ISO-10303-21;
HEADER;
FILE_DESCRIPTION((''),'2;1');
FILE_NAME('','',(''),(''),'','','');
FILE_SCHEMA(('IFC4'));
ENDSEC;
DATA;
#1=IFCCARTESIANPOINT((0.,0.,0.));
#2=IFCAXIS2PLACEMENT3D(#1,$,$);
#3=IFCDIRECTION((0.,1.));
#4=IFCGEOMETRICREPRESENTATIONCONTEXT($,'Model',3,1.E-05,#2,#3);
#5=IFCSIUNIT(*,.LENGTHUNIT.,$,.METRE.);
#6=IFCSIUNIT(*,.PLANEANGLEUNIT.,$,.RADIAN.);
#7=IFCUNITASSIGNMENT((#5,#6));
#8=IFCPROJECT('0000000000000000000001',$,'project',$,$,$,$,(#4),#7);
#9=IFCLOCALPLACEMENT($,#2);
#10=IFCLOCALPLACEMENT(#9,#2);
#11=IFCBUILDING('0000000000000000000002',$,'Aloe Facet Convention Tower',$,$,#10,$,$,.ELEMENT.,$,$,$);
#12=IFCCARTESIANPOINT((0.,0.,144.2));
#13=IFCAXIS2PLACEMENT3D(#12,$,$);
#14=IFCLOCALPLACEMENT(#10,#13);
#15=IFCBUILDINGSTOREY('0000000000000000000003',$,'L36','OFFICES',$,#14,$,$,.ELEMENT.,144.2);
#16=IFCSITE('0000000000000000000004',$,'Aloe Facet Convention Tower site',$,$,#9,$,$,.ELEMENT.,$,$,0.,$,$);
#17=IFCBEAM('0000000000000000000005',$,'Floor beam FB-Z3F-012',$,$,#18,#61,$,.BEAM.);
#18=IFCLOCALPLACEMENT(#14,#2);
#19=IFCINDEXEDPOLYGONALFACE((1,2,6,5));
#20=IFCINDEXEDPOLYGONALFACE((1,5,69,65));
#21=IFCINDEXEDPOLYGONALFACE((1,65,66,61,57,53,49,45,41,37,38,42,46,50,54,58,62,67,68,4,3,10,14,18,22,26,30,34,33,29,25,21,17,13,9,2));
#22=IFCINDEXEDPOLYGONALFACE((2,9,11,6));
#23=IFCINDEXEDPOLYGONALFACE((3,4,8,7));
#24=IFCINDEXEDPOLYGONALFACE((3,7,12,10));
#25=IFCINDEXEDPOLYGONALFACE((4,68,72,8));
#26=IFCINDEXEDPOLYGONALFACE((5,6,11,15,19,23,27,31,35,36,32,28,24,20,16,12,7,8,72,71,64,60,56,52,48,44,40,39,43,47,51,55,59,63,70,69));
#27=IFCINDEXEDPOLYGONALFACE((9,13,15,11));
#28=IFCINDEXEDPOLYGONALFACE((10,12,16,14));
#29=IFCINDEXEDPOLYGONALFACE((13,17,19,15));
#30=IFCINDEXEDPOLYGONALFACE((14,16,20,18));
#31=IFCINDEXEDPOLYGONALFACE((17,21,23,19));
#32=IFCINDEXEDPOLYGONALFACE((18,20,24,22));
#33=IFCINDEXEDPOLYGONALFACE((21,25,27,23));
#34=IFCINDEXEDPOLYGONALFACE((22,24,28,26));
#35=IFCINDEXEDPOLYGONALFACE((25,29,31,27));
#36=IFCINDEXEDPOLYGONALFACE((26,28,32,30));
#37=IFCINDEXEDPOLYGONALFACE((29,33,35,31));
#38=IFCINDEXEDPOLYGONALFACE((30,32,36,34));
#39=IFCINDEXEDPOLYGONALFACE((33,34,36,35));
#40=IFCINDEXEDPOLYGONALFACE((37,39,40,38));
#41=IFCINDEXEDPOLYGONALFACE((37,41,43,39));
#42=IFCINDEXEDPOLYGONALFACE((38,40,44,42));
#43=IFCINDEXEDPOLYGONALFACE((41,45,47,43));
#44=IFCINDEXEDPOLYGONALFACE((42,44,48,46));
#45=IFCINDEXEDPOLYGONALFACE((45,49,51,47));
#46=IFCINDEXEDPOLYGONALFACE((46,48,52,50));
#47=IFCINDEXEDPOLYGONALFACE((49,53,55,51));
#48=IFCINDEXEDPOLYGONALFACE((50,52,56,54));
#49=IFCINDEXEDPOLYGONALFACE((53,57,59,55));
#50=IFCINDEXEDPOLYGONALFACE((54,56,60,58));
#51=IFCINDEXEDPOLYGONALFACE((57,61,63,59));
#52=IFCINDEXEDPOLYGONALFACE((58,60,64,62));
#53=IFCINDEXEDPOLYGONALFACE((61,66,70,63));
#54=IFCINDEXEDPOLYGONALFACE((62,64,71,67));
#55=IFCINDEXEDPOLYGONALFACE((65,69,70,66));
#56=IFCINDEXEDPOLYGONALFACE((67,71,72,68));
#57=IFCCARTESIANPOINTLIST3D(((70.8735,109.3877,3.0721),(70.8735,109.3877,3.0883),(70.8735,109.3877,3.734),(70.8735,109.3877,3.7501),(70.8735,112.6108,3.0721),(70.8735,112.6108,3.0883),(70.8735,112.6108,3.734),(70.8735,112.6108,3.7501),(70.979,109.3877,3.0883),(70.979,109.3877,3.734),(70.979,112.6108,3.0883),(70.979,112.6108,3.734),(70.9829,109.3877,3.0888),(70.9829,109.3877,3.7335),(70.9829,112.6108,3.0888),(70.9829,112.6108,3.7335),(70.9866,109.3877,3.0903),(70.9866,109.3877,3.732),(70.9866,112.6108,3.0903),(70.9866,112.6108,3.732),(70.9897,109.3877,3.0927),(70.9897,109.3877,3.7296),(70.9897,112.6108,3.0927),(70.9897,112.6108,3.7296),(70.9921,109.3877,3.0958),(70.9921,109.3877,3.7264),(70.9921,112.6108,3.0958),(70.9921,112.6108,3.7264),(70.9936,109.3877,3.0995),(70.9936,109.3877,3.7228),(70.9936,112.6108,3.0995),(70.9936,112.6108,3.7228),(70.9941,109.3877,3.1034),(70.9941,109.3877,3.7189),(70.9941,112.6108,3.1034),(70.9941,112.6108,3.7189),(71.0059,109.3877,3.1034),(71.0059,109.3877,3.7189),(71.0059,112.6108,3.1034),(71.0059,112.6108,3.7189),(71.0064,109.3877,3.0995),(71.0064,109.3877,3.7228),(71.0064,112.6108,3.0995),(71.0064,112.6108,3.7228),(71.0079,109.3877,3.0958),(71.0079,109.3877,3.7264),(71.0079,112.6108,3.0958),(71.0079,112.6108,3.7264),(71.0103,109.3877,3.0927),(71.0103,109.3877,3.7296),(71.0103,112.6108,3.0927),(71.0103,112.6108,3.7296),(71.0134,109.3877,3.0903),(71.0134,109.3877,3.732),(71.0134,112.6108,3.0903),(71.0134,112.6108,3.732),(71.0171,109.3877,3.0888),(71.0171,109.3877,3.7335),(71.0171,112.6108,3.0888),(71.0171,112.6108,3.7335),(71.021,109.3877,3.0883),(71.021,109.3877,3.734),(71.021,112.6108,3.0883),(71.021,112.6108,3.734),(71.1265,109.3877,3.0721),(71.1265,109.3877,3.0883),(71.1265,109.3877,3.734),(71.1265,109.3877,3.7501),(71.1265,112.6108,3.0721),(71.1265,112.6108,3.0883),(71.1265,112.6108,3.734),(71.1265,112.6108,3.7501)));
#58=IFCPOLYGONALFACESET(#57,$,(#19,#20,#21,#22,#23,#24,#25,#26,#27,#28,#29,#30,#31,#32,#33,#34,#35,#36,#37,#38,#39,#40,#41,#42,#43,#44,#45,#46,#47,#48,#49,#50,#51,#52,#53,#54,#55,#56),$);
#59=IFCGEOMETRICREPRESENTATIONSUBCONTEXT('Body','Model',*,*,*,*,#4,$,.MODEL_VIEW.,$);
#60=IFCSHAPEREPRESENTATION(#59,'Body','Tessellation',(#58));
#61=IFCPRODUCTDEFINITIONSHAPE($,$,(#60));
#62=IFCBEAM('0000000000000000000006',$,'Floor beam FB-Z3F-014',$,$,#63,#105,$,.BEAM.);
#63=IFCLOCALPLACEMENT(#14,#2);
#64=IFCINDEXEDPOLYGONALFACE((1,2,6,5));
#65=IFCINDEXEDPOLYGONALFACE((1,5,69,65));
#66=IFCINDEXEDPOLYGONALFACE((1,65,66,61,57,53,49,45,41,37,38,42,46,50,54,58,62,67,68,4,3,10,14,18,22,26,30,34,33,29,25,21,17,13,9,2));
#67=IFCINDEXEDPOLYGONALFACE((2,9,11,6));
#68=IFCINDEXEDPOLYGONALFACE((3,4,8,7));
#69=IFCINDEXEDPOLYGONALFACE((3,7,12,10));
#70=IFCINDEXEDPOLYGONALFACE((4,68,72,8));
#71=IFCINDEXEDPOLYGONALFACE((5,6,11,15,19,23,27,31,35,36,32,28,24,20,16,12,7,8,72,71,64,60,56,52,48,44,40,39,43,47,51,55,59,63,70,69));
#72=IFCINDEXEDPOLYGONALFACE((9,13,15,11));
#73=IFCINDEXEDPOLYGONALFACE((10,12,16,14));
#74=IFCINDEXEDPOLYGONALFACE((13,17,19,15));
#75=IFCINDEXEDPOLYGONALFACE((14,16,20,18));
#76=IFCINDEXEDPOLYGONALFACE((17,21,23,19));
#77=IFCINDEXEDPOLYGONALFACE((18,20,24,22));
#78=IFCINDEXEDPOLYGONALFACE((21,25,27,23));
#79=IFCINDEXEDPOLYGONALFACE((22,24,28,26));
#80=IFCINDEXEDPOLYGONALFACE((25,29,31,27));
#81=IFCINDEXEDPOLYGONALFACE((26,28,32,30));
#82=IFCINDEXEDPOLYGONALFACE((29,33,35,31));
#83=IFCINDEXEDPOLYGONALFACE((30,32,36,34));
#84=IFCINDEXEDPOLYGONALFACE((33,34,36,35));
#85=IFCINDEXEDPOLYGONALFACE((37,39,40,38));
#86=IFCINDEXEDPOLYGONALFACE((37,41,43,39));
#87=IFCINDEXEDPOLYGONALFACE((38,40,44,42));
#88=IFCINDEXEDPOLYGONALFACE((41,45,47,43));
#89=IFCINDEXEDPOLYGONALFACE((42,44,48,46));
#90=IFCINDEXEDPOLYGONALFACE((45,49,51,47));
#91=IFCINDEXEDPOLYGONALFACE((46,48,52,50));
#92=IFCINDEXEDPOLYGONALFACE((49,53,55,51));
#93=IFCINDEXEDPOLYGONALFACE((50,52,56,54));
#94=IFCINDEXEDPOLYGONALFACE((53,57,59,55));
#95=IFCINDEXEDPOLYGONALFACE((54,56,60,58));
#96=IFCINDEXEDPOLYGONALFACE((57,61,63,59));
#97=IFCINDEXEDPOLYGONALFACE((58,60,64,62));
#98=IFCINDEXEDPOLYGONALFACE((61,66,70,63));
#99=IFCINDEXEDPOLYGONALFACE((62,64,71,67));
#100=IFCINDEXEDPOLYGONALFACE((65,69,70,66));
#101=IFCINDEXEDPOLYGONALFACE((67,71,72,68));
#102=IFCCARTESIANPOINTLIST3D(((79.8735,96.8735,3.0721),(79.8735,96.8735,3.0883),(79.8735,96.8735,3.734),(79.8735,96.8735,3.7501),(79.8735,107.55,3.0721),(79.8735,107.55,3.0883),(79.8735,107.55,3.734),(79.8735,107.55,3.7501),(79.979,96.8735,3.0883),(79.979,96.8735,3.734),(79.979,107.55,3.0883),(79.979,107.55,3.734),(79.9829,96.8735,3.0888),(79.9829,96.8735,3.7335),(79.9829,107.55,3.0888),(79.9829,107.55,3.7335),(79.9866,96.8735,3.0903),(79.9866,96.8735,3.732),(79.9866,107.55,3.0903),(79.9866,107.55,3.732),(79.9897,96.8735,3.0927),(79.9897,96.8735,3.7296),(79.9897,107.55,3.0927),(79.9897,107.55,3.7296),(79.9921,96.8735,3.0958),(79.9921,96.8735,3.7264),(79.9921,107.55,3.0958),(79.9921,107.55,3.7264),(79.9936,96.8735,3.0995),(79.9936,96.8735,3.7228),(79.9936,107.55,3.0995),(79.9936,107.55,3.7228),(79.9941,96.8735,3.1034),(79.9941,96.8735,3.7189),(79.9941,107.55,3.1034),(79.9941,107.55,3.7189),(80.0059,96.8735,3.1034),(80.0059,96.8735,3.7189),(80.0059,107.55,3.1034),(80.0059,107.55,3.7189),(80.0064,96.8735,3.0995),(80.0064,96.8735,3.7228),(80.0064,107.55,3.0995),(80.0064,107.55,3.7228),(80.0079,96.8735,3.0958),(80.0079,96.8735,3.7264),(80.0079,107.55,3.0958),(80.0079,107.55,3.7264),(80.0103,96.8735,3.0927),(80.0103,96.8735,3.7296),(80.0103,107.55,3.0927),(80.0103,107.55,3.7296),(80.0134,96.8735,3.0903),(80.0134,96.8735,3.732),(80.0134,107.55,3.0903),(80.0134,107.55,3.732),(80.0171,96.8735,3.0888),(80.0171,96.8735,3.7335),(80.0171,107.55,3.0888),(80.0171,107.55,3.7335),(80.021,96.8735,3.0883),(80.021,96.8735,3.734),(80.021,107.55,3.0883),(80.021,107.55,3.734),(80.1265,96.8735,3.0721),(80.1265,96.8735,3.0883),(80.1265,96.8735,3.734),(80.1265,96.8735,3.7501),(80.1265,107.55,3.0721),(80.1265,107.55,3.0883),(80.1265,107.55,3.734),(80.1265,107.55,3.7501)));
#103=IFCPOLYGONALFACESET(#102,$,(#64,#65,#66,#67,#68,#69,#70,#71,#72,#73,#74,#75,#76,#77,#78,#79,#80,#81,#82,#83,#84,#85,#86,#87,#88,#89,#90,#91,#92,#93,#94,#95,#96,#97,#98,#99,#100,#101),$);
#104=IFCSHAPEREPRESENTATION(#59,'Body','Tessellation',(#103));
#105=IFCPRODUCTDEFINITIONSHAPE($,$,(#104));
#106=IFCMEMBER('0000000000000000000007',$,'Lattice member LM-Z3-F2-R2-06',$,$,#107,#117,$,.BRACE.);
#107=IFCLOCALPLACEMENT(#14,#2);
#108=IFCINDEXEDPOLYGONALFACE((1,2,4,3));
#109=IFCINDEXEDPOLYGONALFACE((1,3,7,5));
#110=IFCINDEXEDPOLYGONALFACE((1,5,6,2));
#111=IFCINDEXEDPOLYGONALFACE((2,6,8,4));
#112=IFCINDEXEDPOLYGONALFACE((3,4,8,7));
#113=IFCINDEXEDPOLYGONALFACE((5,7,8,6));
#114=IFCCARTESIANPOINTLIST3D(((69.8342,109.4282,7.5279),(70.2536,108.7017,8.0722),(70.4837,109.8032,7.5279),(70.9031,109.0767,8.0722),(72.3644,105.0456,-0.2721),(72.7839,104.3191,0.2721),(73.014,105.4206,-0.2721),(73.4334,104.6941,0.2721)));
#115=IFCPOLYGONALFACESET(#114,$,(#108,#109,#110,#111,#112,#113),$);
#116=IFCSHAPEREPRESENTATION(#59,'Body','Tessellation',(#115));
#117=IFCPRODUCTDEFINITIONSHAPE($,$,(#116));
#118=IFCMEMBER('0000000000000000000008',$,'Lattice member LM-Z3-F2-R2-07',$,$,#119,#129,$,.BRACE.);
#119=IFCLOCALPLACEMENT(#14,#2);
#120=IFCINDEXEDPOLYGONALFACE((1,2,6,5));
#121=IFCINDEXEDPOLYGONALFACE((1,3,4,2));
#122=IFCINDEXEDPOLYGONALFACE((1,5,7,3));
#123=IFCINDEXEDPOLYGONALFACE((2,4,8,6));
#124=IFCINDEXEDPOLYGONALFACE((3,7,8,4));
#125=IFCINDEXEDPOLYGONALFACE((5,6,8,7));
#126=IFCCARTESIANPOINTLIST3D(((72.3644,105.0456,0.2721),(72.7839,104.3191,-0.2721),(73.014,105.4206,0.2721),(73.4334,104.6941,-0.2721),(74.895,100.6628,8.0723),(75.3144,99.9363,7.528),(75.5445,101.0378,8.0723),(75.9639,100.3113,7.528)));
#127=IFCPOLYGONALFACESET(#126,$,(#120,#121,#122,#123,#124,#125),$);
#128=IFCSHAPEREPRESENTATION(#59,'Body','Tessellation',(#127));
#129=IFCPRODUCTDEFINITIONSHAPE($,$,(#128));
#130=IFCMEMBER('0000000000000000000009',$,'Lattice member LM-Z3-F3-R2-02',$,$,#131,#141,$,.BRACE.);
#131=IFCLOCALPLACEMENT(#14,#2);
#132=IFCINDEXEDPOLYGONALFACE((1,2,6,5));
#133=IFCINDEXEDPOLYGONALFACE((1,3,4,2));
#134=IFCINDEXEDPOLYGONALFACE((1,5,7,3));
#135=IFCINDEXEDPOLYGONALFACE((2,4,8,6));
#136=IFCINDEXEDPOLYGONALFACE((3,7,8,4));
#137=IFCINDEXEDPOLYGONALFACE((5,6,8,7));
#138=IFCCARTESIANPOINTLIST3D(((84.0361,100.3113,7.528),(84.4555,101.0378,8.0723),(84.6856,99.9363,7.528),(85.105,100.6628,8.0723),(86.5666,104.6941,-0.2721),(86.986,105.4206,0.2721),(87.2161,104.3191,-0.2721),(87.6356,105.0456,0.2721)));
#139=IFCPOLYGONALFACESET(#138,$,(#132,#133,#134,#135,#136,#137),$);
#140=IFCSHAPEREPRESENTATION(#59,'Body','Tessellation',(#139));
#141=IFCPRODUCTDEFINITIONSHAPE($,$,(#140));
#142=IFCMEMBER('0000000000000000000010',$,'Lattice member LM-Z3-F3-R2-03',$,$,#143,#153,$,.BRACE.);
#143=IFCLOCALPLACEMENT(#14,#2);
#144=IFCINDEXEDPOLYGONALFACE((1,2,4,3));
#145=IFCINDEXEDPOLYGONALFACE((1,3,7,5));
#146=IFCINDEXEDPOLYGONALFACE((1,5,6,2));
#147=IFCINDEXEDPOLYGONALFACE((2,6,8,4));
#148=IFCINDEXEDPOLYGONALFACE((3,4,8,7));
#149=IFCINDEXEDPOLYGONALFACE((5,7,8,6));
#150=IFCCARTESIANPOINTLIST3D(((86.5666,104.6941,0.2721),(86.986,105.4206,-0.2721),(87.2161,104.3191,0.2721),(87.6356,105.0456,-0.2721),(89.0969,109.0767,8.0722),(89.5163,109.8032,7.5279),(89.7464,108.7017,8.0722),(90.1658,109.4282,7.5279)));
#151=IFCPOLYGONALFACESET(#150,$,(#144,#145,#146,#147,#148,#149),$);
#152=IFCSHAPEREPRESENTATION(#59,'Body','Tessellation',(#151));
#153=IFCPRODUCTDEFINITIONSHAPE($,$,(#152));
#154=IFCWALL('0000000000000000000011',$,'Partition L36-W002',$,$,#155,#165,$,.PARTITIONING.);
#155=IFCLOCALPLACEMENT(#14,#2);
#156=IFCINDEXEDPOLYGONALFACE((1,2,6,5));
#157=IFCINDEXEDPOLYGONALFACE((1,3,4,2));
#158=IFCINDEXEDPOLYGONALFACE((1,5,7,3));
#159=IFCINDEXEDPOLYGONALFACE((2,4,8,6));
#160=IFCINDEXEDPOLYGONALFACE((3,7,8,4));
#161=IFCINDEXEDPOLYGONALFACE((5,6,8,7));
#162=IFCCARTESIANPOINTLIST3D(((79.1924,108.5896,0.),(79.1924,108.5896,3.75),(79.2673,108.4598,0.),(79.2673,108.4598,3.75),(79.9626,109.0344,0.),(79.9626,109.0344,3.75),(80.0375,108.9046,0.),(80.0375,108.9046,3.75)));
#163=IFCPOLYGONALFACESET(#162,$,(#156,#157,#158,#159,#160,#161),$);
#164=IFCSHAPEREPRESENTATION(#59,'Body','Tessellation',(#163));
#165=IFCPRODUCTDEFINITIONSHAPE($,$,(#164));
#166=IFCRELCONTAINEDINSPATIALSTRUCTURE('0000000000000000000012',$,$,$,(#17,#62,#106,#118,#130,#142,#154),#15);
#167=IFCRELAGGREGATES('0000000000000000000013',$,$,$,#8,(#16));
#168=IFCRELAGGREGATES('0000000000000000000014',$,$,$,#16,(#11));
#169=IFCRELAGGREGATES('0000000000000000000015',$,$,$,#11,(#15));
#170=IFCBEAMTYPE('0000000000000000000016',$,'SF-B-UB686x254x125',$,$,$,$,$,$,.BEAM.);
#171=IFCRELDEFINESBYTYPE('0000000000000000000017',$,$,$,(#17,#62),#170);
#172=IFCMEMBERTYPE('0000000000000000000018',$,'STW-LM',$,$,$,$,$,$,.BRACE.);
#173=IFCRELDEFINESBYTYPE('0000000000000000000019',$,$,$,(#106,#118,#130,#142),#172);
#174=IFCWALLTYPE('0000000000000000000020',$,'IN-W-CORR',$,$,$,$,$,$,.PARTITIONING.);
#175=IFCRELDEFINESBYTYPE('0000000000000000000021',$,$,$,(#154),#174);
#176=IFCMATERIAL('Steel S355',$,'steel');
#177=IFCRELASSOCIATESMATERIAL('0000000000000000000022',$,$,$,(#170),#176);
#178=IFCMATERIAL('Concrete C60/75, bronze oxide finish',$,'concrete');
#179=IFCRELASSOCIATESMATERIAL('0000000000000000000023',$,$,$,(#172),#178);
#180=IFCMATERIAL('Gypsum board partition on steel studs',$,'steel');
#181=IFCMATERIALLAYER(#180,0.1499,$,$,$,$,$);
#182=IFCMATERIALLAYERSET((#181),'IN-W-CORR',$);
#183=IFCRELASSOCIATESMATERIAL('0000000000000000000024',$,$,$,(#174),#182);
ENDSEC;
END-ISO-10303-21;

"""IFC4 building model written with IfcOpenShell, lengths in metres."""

from ifc_helpers import new_model, si_unit, direction, frame, frame_2d, origin, origin_2d, place, context, subcontext, project, spatial, rectangle, i_section, extrude, material, layer, layer_set, material_profile, profile_set, type_object, element, save


model = new_model("IFC4")

# Units and contexts
model_context = context("Model", 3, precision=1e-05, world=origin(), true_north=direction((0.0, 1.0)))
body_context = subcontext(model_context, "Body", "Model", "MODEL_VIEW")
ifc_project = project(units=[si_unit("LENGTHUNIT", "METRE"), si_unit("PLANEANGLEUNIT", "RADIAN")], contexts=[model_context])

# Site, building, storey
site_placement = place(None, origin())
site = spatial("IfcSite", under=ifc_project, at=site_placement, Name="Aloe Facet Convention Tower site", CompositionType="ELEMENT", RefElevation=0.0)
building_placement = place(site_placement, origin())
building = spatial("IfcBuilding", under=site, at=building_placement, Name="Aloe Facet Convention Tower", CompositionType="ELEMENT")
storey_placement = place(building_placement, frame((0.0, 0.0, 144.2)))
storey = spatial("IfcBuildingStorey", under=building, at=storey_placement, Name="L36", Description="OFFICES", CompositionType="ELEMENT", Elevation=144.2)

# Beams
ifc_material_1 = material(Name="Steel S355", Category="steel")
ifc_material_profile_1 = material_profile(ifc_material_1, i_section(OverallWidth=0.2529, OverallDepth=0.678, WebThickness=0.0117, FlangeThickness=0.0161, FilletRadius=0.0151, at=origin_2d()), Name="UB 686x254x125")
ifc_profile_set_1 = profile_set([ifc_material_profile_1], Name="Steel S355")
beam_type_1 = type_object("IfcBeamType", Name="SF-B-UB686x254x125", PredefinedType="BEAM", material=ifc_profile_set_1)
beam_1_placement = place(storey_placement, frame((71.0, 112.6108, 3.4111), z_axis=(0.0, -1.0, 0.0), x_axis=(1.0, 0.0, 0.0)))
element("IfcBeam", 1, at=beam_1_placement, inside=storey, type_object=beam_type_1, Name="Floor beam FB-Z3F-012", PredefinedType="BEAM", context=body_context, shape_type="SweptSolid", body=[
    extrude(i_section(OverallWidth=0.2529, OverallDepth=0.678, WebThickness=0.0117, FlangeThickness=0.0161, FilletRadius=0.0151, at=origin_2d()), origin(), (0.0, 0.0, 1.0), 3.2231),
])
beam_2_placement = place(storey_placement, frame((80.0, 107.55, 3.4111), z_axis=(0.0, -1.0, 0.0), x_axis=(1.0, 0.0, 0.0)))
element("IfcBeam", 2, at=beam_2_placement, inside=storey, type_object=beam_type_1, Name="Floor beam FB-Z3F-014", PredefinedType="BEAM", context=body_context, shape_type="SweptSolid", body=[
    extrude(i_section(OverallWidth=0.2529, OverallDepth=0.678, WebThickness=0.0117, FlangeThickness=0.0161, FilletRadius=0.0151, at=origin_2d()), origin(), (0.0, 0.0, 1.0), 10.6765),
])

# Members
ifc_material_2 = material(Name="Concrete C60/75, bronze oxide finish", Category="concrete")
ifc_material_profile_2 = material_profile(ifc_material_2, rectangle(XDim=0.75, YDim=1.0, at=origin_2d()), Name="STW-LM")
ifc_profile_set_2 = profile_set([ifc_material_profile_2], Name="Concrete C60/75, bronze oxide finish")
member_type = type_object("IfcMemberType", Name="STW-LM", PredefinedType="BRACE", material=ifc_profile_set_2)
member_1_placement = place(storey_placement, frame((72.8989, 104.8699, 0.0), z_axis=(-0.272135, 0.471353, 0.838909), x_axis=(-0.866026, -0.499999, 0.0)))
element("IfcMember", 3, at=member_1_placement, inside=storey, type_object=member_type, Name="Lattice member LM-Z3-F2-R2-06", PredefinedType="BRACE", context=body_context, shape_type="SweptSolid", body=[
    extrude(rectangle(XDim=0.75, YDim=1.0, at=origin_2d()), origin(), (0.0, 0.0, 1.0), 9.2979),
])
for number, where, z_axis, x_axis, name in (
    (4, (72.8989, 104.8699, 0.0), (0.272156, -0.47137, 0.838893), (0.866017, 0.500015, 0.0), "Lattice member LM-Z3-F2-R2-07"),
    (5, (87.1011, 104.8699, 0.0), (-0.272156, -0.47137, 0.838893), (0.866017, -0.500015, 0.0), "Lattice member LM-Z3-F3-R2-02"),
):
    element("IfcMember", number, at=place(storey_placement, frame(where, z_axis=z_axis, x_axis=x_axis)), inside=storey, type_object=member_type, Name=name, PredefinedType="BRACE", context=body_context, shape_type="SweptSolid", body=[
        extrude(rectangle(XDim=0.75, YDim=1.0, at=origin_2d()), origin(), (0.0, 0.0, 1.0), 9.2981),
    ])
member_2_placement = place(storey_placement, frame((87.1011, 104.8699, 0.0), z_axis=(0.272135, 0.471353, 0.838909), x_axis=(-0.866026, 0.499999, 0.0)))
element("IfcMember", 6, at=member_2_placement, inside=storey, type_object=member_type, Name="Lattice member LM-Z3-F3-R2-03", PredefinedType="BRACE", context=body_context, shape_type="SweptSolid", body=[
    extrude(rectangle(XDim=0.75, YDim=1.0, at=origin_2d()), origin(), (0.0, 0.0, 1.0), 9.2979),
])

# Wall
ifc_material_3 = material(Name="Gypsum board partition on steel studs", Category="steel")
ifc_layer_1 = layer(ifc_material_3, 0.1499)
ifc_layer_set_1 = layer_set([ifc_layer_1], Name="IN-W-CORR")
wall_type_1 = type_object("IfcWallType", Name="IN-W-CORR", PredefinedType="PARTITIONING", material=ifc_layer_set_1)
wall_1_placement = place(storey_placement, frame((79.2297, 108.5247, 0.0), z_axis=(0.0, 0.0, 1.0), x_axis=(0.865971, 0.500095, 0.0)))
element("IfcWall", 7, at=wall_1_placement, inside=storey, type_object=wall_type_1, Name="Partition L36-W002", PredefinedType="PARTITIONING", context=body_context, shape_type="SweptSolid", body=[
    extrude(rectangle(XDim=0.8894, YDim=0.1499, at=frame_2d((0.4448, 0.0))), origin(), (0.0, 0.0, 1.0), 3.75),
])

save(model, "model.ifc")
